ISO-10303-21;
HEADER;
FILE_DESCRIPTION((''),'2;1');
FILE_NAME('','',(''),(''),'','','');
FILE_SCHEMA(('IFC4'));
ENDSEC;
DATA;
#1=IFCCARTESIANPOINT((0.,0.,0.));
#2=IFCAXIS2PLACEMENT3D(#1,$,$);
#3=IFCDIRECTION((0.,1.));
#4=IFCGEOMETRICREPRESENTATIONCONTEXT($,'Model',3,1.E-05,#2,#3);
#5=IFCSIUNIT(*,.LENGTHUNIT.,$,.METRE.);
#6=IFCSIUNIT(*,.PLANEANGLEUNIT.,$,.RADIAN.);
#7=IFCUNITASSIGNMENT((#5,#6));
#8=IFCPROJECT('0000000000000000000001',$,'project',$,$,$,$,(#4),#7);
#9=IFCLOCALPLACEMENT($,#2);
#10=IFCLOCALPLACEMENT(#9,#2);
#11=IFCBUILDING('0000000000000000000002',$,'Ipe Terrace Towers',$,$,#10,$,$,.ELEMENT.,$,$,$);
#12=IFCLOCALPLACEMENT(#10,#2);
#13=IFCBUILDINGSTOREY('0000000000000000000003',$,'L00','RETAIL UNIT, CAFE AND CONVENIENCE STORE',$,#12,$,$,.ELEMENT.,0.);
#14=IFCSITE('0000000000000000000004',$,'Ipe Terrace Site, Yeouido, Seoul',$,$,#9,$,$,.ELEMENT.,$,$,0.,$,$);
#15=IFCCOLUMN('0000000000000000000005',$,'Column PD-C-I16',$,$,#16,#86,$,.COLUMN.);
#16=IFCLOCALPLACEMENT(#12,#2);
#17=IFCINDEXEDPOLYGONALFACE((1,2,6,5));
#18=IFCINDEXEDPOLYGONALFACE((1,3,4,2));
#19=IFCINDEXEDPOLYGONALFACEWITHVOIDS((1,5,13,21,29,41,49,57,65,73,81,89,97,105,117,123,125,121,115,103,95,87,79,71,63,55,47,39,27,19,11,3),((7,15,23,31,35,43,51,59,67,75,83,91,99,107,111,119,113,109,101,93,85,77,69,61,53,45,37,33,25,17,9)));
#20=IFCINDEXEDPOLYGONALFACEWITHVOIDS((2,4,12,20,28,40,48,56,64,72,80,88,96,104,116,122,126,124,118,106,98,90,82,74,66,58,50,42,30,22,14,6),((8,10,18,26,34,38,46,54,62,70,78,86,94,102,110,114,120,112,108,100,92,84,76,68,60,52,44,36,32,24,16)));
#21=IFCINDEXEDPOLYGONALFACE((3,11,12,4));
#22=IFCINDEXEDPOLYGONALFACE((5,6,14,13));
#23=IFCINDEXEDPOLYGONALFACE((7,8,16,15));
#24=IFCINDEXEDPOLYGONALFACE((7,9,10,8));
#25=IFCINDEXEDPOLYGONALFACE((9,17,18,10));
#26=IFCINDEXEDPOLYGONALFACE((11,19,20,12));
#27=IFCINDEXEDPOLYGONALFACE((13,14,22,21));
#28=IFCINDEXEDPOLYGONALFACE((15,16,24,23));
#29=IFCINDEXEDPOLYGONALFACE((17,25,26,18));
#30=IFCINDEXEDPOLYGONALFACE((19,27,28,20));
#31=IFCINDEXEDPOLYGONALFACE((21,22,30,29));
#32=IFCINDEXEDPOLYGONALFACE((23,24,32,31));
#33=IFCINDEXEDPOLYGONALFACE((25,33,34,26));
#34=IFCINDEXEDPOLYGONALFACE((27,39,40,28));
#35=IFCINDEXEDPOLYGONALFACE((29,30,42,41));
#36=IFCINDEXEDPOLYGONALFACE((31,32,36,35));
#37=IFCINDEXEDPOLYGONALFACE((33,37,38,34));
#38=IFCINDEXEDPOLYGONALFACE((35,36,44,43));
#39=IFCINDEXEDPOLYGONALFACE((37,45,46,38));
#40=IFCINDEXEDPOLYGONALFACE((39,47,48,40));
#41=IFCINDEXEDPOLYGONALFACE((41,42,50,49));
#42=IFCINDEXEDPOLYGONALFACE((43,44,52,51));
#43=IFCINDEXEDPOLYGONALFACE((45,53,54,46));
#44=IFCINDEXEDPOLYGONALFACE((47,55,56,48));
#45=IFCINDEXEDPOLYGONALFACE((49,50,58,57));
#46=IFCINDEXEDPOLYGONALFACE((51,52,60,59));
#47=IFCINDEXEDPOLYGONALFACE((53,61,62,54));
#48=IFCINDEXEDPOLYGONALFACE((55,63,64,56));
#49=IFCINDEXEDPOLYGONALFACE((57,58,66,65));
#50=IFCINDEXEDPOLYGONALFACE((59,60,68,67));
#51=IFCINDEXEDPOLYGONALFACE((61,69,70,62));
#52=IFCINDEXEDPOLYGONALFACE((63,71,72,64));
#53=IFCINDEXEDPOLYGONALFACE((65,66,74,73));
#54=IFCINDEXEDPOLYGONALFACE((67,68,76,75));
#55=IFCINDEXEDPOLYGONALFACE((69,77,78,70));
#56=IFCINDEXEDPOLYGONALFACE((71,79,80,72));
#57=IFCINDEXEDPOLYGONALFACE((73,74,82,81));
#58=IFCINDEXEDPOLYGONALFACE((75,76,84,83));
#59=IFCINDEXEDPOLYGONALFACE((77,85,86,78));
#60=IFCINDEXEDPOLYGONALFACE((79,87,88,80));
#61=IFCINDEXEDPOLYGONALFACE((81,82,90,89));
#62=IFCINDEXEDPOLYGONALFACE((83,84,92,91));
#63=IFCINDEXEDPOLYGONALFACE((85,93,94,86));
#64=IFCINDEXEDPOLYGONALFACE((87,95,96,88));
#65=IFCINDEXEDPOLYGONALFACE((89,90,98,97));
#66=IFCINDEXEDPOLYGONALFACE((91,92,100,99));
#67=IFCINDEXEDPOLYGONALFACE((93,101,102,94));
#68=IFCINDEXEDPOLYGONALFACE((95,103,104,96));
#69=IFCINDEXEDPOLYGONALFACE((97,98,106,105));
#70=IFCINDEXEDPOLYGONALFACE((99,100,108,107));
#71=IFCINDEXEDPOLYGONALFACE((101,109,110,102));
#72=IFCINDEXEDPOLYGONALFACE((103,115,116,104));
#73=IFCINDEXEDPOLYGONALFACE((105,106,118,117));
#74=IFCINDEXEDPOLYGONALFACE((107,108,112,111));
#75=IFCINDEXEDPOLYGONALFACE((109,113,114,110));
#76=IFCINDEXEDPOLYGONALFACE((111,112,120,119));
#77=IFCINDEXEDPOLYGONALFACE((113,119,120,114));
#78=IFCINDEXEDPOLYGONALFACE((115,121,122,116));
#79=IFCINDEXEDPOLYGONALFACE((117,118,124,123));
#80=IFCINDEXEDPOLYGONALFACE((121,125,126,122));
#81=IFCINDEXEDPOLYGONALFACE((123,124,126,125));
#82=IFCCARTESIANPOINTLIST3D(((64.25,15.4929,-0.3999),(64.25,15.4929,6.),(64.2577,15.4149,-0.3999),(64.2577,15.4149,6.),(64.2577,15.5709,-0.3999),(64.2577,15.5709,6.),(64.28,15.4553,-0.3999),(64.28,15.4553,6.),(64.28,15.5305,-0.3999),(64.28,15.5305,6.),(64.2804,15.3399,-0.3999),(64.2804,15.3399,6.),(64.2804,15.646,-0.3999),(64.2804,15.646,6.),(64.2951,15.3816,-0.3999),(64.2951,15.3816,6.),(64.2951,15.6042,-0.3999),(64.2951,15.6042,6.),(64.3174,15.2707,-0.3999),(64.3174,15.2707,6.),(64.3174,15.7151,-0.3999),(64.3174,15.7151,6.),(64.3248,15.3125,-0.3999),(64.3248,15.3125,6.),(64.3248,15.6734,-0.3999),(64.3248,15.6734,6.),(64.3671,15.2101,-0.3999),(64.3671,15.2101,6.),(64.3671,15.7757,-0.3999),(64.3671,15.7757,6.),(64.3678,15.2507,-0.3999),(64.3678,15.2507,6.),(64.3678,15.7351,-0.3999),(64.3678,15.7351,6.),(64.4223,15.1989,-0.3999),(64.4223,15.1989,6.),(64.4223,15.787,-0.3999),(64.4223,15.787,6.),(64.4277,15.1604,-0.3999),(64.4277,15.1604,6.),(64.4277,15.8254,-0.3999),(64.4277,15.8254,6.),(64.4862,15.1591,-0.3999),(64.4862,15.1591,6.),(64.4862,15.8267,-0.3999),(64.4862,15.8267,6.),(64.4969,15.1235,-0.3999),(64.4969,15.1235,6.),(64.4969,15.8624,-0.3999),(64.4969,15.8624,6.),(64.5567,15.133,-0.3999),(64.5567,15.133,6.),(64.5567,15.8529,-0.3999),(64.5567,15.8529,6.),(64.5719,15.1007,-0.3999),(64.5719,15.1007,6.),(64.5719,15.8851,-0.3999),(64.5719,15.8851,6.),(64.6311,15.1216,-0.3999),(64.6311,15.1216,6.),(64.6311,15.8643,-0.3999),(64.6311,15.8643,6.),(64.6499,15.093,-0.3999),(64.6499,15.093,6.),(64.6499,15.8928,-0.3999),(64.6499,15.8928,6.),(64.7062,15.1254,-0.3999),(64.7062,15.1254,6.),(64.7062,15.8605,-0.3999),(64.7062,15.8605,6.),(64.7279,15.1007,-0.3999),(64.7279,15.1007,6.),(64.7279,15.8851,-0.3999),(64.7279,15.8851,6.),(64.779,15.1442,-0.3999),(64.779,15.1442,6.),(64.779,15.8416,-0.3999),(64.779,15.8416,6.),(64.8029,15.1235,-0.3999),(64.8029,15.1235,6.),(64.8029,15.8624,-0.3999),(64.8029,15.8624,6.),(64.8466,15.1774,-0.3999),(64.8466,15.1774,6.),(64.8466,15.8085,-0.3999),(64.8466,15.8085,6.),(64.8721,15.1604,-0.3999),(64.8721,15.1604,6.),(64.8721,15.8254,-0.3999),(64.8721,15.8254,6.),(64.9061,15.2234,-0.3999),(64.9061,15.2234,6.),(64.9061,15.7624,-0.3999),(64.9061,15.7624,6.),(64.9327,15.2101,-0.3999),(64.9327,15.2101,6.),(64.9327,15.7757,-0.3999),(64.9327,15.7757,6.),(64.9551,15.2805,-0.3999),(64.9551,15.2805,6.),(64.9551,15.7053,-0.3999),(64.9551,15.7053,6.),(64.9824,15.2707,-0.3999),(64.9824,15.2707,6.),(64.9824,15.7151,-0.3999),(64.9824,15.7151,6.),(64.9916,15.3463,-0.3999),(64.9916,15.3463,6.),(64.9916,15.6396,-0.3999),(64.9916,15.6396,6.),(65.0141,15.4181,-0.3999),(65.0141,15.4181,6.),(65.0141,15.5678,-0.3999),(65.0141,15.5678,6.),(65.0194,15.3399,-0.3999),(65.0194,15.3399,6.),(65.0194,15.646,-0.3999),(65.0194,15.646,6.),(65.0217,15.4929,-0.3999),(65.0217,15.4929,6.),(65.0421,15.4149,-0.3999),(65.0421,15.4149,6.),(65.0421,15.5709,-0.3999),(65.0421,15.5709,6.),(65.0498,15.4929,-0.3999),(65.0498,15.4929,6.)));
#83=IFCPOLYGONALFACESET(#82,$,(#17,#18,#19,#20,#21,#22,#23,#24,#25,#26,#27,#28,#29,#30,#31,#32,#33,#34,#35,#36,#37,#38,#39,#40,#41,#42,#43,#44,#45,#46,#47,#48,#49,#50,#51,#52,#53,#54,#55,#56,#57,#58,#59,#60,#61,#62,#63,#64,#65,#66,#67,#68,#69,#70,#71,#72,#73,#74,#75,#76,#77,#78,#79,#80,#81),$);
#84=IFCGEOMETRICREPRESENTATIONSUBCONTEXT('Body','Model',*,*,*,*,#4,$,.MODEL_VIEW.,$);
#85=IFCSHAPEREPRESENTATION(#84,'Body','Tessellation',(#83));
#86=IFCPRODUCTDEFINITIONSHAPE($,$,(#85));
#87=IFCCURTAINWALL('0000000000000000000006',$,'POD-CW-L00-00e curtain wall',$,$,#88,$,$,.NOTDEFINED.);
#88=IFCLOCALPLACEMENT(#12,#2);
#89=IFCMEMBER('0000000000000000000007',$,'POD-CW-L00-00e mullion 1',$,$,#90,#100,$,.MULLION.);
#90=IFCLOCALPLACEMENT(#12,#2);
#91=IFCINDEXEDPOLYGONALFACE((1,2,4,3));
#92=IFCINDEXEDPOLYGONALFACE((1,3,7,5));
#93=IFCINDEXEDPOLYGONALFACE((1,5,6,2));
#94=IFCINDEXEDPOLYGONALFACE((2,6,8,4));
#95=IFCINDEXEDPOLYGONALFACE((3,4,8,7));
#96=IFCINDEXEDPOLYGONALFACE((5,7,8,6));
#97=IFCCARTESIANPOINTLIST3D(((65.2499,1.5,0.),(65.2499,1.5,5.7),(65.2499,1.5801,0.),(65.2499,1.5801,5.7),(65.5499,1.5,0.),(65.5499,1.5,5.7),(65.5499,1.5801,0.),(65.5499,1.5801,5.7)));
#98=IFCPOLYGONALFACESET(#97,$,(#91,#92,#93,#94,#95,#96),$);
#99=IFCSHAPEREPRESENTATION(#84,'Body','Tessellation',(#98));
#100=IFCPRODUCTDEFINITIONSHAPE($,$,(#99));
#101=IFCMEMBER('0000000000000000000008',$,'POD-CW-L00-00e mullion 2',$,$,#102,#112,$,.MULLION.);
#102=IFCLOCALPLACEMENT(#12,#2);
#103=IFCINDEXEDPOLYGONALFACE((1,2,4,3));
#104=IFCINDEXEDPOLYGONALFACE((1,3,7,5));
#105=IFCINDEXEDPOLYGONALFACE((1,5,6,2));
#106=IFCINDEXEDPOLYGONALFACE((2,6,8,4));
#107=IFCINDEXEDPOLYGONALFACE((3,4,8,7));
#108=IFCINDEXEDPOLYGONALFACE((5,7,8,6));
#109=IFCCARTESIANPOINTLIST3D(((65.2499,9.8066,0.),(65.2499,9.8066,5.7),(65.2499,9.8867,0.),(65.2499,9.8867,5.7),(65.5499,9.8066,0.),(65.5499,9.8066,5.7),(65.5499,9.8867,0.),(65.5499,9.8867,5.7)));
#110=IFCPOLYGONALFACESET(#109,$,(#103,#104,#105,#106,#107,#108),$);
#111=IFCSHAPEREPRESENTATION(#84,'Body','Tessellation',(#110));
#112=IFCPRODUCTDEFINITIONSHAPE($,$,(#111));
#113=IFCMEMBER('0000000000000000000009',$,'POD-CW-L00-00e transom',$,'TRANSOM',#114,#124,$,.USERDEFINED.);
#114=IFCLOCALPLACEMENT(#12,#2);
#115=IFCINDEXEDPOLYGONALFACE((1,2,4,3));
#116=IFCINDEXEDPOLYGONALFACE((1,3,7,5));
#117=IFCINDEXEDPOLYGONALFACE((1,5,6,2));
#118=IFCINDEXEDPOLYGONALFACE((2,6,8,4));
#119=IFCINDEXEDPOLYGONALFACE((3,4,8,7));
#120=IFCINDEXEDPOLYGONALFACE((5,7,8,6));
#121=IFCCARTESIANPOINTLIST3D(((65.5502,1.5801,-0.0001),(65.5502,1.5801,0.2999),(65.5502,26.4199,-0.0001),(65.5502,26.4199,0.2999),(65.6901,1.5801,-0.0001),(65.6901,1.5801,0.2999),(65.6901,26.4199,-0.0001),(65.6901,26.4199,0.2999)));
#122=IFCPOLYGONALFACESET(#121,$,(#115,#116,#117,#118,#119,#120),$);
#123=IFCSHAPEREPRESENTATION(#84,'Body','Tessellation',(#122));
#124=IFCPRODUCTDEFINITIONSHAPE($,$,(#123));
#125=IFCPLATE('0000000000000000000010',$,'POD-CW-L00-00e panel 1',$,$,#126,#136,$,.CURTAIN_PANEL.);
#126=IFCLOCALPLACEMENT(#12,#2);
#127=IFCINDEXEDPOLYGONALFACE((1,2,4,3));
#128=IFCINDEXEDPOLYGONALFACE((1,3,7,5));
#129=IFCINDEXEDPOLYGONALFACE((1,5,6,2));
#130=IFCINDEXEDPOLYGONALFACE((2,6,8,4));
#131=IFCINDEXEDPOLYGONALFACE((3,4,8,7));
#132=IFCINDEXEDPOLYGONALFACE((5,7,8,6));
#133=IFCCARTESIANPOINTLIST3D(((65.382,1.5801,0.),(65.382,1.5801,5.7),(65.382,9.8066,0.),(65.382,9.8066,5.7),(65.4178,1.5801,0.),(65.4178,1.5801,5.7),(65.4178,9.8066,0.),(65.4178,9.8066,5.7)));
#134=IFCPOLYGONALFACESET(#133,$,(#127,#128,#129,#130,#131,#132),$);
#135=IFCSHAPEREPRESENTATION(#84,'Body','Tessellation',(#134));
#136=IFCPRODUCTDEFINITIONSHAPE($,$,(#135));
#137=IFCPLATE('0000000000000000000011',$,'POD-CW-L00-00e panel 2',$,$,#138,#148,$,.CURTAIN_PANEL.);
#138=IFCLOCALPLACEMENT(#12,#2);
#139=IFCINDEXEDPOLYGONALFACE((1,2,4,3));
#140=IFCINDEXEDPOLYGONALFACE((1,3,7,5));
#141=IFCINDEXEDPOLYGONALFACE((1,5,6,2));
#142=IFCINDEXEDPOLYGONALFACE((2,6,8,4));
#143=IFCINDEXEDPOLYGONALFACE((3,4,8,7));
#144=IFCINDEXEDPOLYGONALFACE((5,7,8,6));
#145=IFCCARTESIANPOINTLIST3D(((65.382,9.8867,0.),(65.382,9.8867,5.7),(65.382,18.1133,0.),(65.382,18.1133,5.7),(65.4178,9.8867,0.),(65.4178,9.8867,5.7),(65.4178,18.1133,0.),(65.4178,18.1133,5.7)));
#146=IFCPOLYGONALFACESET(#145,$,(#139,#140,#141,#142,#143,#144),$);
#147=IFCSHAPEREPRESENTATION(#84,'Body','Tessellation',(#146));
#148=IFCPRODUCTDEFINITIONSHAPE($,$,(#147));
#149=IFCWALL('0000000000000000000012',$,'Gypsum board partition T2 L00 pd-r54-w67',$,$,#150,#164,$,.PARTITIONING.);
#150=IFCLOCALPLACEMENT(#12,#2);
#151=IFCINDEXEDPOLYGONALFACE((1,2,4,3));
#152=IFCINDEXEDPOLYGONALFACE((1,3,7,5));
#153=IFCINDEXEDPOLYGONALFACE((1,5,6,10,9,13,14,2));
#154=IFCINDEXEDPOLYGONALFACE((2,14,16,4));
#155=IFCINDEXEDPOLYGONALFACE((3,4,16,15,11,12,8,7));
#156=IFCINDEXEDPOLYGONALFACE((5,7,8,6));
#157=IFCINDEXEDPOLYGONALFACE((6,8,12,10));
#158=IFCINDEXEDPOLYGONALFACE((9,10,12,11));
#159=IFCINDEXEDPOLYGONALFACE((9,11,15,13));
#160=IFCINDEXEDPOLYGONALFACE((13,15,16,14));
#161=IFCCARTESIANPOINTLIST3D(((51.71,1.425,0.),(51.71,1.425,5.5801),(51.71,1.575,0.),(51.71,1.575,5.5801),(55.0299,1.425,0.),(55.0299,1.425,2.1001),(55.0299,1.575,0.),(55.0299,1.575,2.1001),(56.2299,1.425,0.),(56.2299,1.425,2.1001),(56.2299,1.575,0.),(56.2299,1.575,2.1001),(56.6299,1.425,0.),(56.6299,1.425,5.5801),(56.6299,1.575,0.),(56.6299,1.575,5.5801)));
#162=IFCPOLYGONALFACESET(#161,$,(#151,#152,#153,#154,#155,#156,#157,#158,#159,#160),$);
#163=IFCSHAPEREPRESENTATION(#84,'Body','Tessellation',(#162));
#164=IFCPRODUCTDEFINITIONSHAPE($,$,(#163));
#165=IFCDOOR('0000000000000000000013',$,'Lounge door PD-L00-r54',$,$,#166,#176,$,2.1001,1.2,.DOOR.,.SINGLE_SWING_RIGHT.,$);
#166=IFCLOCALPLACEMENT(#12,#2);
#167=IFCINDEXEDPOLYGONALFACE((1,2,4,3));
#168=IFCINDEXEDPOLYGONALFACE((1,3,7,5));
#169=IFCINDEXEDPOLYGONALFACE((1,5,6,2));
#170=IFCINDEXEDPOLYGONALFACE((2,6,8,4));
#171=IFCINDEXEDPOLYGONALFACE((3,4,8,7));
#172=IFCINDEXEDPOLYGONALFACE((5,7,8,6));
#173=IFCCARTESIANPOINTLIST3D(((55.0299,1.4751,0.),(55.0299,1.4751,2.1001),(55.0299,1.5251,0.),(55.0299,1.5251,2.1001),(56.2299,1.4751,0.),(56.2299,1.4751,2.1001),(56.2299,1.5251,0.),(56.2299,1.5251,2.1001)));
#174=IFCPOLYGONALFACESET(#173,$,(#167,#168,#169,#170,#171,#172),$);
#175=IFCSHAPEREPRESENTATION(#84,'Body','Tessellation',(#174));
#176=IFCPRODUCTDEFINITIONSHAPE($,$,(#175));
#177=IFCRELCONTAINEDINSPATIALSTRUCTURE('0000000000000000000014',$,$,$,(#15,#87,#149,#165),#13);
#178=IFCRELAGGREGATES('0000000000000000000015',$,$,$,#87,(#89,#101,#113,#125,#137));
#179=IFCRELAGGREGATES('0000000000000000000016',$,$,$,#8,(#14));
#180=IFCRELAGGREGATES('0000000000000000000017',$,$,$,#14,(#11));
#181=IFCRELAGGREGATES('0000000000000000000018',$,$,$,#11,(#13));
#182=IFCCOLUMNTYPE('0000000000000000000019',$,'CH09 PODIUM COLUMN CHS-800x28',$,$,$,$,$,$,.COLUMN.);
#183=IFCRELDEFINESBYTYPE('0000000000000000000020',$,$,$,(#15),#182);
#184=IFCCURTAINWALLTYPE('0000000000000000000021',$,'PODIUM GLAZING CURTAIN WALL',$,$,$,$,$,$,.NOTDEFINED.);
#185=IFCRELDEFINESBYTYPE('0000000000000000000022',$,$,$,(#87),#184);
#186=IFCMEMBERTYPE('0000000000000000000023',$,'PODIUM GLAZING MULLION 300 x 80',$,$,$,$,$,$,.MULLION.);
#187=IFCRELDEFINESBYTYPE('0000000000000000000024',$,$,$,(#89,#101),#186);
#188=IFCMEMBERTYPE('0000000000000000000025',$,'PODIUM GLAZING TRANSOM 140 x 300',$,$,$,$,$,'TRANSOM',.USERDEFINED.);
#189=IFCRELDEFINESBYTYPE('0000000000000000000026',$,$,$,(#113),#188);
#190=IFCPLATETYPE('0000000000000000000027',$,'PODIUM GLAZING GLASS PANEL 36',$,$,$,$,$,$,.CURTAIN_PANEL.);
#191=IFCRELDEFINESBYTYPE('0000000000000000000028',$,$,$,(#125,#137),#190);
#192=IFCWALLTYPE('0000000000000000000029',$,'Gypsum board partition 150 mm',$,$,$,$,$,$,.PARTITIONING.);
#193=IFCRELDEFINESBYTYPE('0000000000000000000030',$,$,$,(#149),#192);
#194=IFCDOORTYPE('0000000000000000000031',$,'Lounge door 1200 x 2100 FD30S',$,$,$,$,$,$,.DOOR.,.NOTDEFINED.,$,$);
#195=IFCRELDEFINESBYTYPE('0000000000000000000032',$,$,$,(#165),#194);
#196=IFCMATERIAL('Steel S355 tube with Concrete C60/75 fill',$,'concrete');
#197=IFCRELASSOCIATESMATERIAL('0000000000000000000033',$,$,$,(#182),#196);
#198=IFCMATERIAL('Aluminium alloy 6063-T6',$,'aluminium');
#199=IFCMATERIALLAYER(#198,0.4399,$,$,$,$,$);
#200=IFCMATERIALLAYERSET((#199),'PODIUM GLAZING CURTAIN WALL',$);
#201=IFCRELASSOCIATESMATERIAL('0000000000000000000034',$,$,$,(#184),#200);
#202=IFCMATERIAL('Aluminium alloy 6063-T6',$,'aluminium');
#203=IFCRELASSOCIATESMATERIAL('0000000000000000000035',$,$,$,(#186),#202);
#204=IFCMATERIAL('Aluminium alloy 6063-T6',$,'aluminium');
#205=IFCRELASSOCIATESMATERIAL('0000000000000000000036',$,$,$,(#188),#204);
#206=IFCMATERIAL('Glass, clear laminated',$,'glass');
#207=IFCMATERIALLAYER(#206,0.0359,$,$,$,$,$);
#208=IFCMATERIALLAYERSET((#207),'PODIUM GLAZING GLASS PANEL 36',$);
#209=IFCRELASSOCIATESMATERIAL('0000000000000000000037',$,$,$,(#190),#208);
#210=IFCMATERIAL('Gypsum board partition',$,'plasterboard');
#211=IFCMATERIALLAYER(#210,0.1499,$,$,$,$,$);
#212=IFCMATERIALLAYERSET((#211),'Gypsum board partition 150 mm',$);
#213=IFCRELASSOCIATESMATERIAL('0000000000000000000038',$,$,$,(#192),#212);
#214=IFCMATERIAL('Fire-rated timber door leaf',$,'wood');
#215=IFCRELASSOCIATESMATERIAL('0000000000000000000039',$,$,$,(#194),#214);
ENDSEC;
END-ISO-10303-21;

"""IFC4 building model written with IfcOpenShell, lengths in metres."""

from ifc_helpers import new_model, si_unit, direction, frame, frame_2d, origin, origin_2d, place, context, subcontext, project, spatial, rectangle, hollow_circle, extrude, material, layer, layer_set, material_profile, profile_set, type_object, element, fill, aggregate, save


model = new_model("IFC4")

# Units and contexts
model_context = context("Model", 3, precision=1e-05, world=origin(), true_north=direction((0.0, 1.0)))
body_context = subcontext(model_context, "Body", "Model", "MODEL_VIEW")
ifc_project = project(units=[si_unit("LENGTHUNIT", "METRE"), si_unit("PLANEANGLEUNIT", "RADIAN")], contexts=[model_context])

# Site, building, storey
site_placement = place(None, origin())
site = spatial("IfcSite", under=ifc_project, at=site_placement, Name="Ipe Terrace Site, Yeouido, Seoul", CompositionType="ELEMENT", RefElevation=0.0)
building_placement = place(site_placement, origin())
building = spatial("IfcBuilding", under=site, at=building_placement, Name="Ipe Terrace Towers", CompositionType="ELEMENT")
storey_placement = place(building_placement, origin())
storey = spatial("IfcBuildingStorey", under=building, at=storey_placement, Name="L00", Description="RETAIL UNIT, CAFE AND CONVENIENCE STORE", CompositionType="ELEMENT", Elevation=0.0)

# Column
ifc_material_1 = material(Name="Steel S355 tube with Concrete C60/75 fill", Category="concrete")
ifc_material_profile_1 = material_profile(ifc_material_1, hollow_circle(Radius=0.3999, WallThickness=0.0281, at=origin_2d()), Name="CHS-800x28")
ifc_profile_set_1 = profile_set([ifc_material_profile_1], Name="Steel S355 tube with Concrete C60/75 fill")
column_type_1 = type_object("IfcColumnType", Name="CH09 PODIUM COLUMN CHS-800x28", PredefinedType="COLUMN", material=ifc_profile_set_1)
for number, where, z_axis, x_axis, name in (
    (1, (64.6499, 15.4929, -0.3999), (0.0, 0.0, 1.0), (1.0, 0.0, 0.0), "Column PD-C-I16"),
):
    element("IfcColumn", number, at=place(storey_placement, frame(where, z_axis=z_axis, x_axis=x_axis)), inside=storey, type_object=column_type_1, Name=name, PredefinedType="COLUMN", context=body_context, shape_type="SweptSolid", body=[
        extrude(hollow_circle(Radius=0.3999, WallThickness=0.0281, at=origin_2d()), origin(), (0.0, 0.0, 1.0), 6.3999),
    ])

# Curtain wall, members, plates
ifc_material_2 = material(Name="Aluminium alloy 6063-T6", Category="aluminium")
ifc_layer_1 = layer(ifc_material_2, 0.4399)
ifc_layer_set_1 = layer_set([ifc_layer_1], Name="PODIUM GLAZING CURTAIN WALL")
curtain_wall_type = type_object("IfcCurtainWallType", Name="PODIUM GLAZING CURTAIN WALL", PredefinedType="NOTDEFINED", material=ifc_layer_set_1)
curtain_wall_placement = place(storey_placement, origin())
curtain_wall = element("IfcCurtainWall", 2, at=curtain_wall_placement, inside=storey, type_object=curtain_wall_type, Name="POD-CW-L00-00e curtain wall", PredefinedType="NOTDEFINED")
ifc_material_3 = material(Name="Aluminium alloy 6063-T6", Category="aluminium")
ifc_material_profile_2 = material_profile(ifc_material_3, rectangle(XDim=0.3, YDim=0.0801, at=origin_2d()), Name="PODIUM GLAZING MULLION 300 x 80")
ifc_profile_set_2 = profile_set([ifc_material_profile_2], Name="Aluminium alloy 6063-T6")
member_type_1 = type_object("IfcMemberType", Name="PODIUM GLAZING MULLION 300 x 80", PredefinedType="MULLION", material=ifc_profile_set_2)
member_1_placement = place(storey_placement, frame((65.3999, 1.54, 0.0), z_axis=(0.0, 0.0, 1.0), x_axis=(1.0, 0.0, 0.0)))
member_1 = element("IfcMember", 3, at=member_1_placement, type_object=member_type_1, Name="POD-CW-L00-00e mullion 1", PredefinedType="MULLION", context=body_context, shape_type="SweptSolid", body=[
    extrude(rectangle(XDim=0.3, YDim=0.0801, at=origin_2d()), origin(), (0.0, 0.0, 1.0), 5.7),
])
member_2_placement = place(storey_placement, frame((65.3999, 9.8467, 0.0), z_axis=(0.0, 0.0, 1.0), x_axis=(1.0, 0.0, 0.0)))
member_2 = element("IfcMember", 4, at=member_2_placement, type_object=member_type_1, Name="POD-CW-L00-00e mullion 2", PredefinedType="MULLION", context=body_context, shape_type="SweptSolid", body=[
    extrude(rectangle(XDim=0.3, YDim=0.0801, at=origin_2d()), origin(), (0.0, 0.0, 1.0), 5.7),
])
ifc_material_4 = material(Name="Aluminium alloy 6063-T6", Category="aluminium")
ifc_material_profile_3 = material_profile(ifc_material_4, rectangle(XDim=0.1399, YDim=0.3, at=origin_2d()), Name="PODIUM GLAZING TRANSOM 140 x 300")
ifc_profile_set_3 = profile_set([ifc_material_profile_3], Name="Aluminium alloy 6063-T6")
member_type_2 = type_object("IfcMemberType", Name="PODIUM GLAZING TRANSOM 140 x 300", ElementType="TRANSOM", PredefinedType="USERDEFINED", material=ifc_profile_set_3)
member_3_placement = place(storey_placement, frame((65.6201, 1.5801, 0.1499), z_axis=(0.0, 1.0, 0.0), x_axis=(1.0, 0.0, 0.0)))
member_3 = element("IfcMember", 5, at=member_3_placement, type_object=member_type_2, Name="POD-CW-L00-00e transom", ObjectType="TRANSOM", PredefinedType="USERDEFINED", context=body_context, shape_type="SweptSolid", body=[
    extrude(rectangle(XDim=0.1399, YDim=0.3, at=origin_2d()), origin(), (0.0, 0.0, 1.0), 24.8398),
])
ifc_material_5 = material(Name="Glass, clear laminated", Category="glass")
ifc_layer_2 = layer(ifc_material_5, 0.0359)
ifc_layer_set_2 = layer_set([ifc_layer_2], Name="PODIUM GLAZING GLASS PANEL 36")
plate_type = type_object("IfcPlateType", Name="PODIUM GLAZING GLASS PANEL 36", PredefinedType="CURTAIN_PANEL", material=ifc_layer_set_2)
plate_1_placement = place(storey_placement, frame((65.3999, 5.6934, 0.0), z_axis=(0.0, 0.0, 1.0), x_axis=(0.0, 1.0, 0.0)))
plate_1 = element("IfcPlate", 6, at=plate_1_placement, type_object=plate_type, Name="POD-CW-L00-00e panel 1", PredefinedType="CURTAIN_PANEL", context=body_context, shape_type="SweptSolid", body=[
    extrude(rectangle(XDim=8.2266, YDim=0.0359, at=origin_2d()), origin(), (0.0, 0.0, 1.0), 5.7),
])
plate_2_placement = place(storey_placement, frame((65.3999, 14.0, 0.0), z_axis=(0.0, 0.0, 1.0), x_axis=(0.0, 1.0, 0.0)))
plate_2 = element("IfcPlate", 7, at=plate_2_placement, type_object=plate_type, Name="POD-CW-L00-00e panel 2", PredefinedType="CURTAIN_PANEL", context=body_context, shape_type="SweptSolid", body=[
    extrude(rectangle(XDim=8.2266, YDim=0.0359, at=origin_2d()), origin(), (0.0, 0.0, 1.0), 5.7),
])
aggregate(curtain_wall, [member_1, member_2, member_3, plate_1, plate_2])

# Wall, opening, door
ifc_material_6 = material(Name="Gypsum board partition", Category="plasterboard")
ifc_layer_3 = layer(ifc_material_6, 0.1499)
ifc_layer_set_3 = layer_set([ifc_layer_3], Name="Gypsum board partition 150 mm")
wall_type_1 = type_object("IfcWallType", Name="Gypsum board partition 150 mm", PredefinedType="PARTITIONING", material=ifc_layer_set_3)
wall_1_placement = place(storey_placement, frame((56.6299, 1.5, 0.0), z_axis=(0.0, 0.0, 1.0), x_axis=(-1.0, 0.0, 0.0)))
wall_1 = element("IfcWall", 8, at=wall_1_placement, inside=storey, type_object=wall_type_1, Name="Gypsum board partition T2 L00 pd-r54-w67", PredefinedType="PARTITIONING", context=body_context, shape_type="SweptSolid", body=[
    extrude(rectangle(XDim=4.9199, YDim=0.1499, at=frame_2d((2.46, 0.0))), origin(), (0.0, 0.0, 1.0), 5.5801),
])
opening_1_placement = place(wall_1_placement, frame((0.3999, 0.0, 0.0)))
opening_1 = element("IfcOpeningElement", 9, at=opening_1_placement, cuts=wall_1, PredefinedType="OPENING", context=body_context, shape_type="SweptSolid", body=[
    extrude(rectangle(XDim=1.2, YDim=2.1001, at=frame_2d((0.6001, 1.05))), frame((0.0, 0.085, 0.0), z_axis=(0.0, -1.0, 0.0), x_axis=(1.0, 0.0, 0.0)), (0.0, 0.0, 1.0), 0.1699),
])
ifc_material_7 = material(Name="Fire-rated timber door leaf", Category="wood")
door_type_1 = type_object("IfcDoorType", Name="Lounge door 1200 x 2100 FD30S", OperationType="NOTDEFINED", PredefinedType="DOOR", material=ifc_material_7)
door_1_placement = place(opening_1_placement, origin())
door_1 = element("IfcDoor", 10, at=door_1_placement, inside=storey, type_object=door_type_1, Name="Lounge door PD-L00-r54", OperationType="SINGLE_SWING_RIGHT", OverallHeight=2.1001, OverallWidth=1.2, PredefinedType="DOOR", context=body_context, shape_type="SweptSolid", body=[
    extrude(rectangle(XDim=1.2, YDim=2.1001, at=frame_2d((0.6001, 1.05))), frame((0.0, 0.0249, 0.0), z_axis=(0.0, -1.0, 0.0), x_axis=(1.0, 0.0, 0.0)), (0.0, 0.0, 1.0), 0.05),
])
fill(opening_1, door_1)

save(model, "model.ifc")
